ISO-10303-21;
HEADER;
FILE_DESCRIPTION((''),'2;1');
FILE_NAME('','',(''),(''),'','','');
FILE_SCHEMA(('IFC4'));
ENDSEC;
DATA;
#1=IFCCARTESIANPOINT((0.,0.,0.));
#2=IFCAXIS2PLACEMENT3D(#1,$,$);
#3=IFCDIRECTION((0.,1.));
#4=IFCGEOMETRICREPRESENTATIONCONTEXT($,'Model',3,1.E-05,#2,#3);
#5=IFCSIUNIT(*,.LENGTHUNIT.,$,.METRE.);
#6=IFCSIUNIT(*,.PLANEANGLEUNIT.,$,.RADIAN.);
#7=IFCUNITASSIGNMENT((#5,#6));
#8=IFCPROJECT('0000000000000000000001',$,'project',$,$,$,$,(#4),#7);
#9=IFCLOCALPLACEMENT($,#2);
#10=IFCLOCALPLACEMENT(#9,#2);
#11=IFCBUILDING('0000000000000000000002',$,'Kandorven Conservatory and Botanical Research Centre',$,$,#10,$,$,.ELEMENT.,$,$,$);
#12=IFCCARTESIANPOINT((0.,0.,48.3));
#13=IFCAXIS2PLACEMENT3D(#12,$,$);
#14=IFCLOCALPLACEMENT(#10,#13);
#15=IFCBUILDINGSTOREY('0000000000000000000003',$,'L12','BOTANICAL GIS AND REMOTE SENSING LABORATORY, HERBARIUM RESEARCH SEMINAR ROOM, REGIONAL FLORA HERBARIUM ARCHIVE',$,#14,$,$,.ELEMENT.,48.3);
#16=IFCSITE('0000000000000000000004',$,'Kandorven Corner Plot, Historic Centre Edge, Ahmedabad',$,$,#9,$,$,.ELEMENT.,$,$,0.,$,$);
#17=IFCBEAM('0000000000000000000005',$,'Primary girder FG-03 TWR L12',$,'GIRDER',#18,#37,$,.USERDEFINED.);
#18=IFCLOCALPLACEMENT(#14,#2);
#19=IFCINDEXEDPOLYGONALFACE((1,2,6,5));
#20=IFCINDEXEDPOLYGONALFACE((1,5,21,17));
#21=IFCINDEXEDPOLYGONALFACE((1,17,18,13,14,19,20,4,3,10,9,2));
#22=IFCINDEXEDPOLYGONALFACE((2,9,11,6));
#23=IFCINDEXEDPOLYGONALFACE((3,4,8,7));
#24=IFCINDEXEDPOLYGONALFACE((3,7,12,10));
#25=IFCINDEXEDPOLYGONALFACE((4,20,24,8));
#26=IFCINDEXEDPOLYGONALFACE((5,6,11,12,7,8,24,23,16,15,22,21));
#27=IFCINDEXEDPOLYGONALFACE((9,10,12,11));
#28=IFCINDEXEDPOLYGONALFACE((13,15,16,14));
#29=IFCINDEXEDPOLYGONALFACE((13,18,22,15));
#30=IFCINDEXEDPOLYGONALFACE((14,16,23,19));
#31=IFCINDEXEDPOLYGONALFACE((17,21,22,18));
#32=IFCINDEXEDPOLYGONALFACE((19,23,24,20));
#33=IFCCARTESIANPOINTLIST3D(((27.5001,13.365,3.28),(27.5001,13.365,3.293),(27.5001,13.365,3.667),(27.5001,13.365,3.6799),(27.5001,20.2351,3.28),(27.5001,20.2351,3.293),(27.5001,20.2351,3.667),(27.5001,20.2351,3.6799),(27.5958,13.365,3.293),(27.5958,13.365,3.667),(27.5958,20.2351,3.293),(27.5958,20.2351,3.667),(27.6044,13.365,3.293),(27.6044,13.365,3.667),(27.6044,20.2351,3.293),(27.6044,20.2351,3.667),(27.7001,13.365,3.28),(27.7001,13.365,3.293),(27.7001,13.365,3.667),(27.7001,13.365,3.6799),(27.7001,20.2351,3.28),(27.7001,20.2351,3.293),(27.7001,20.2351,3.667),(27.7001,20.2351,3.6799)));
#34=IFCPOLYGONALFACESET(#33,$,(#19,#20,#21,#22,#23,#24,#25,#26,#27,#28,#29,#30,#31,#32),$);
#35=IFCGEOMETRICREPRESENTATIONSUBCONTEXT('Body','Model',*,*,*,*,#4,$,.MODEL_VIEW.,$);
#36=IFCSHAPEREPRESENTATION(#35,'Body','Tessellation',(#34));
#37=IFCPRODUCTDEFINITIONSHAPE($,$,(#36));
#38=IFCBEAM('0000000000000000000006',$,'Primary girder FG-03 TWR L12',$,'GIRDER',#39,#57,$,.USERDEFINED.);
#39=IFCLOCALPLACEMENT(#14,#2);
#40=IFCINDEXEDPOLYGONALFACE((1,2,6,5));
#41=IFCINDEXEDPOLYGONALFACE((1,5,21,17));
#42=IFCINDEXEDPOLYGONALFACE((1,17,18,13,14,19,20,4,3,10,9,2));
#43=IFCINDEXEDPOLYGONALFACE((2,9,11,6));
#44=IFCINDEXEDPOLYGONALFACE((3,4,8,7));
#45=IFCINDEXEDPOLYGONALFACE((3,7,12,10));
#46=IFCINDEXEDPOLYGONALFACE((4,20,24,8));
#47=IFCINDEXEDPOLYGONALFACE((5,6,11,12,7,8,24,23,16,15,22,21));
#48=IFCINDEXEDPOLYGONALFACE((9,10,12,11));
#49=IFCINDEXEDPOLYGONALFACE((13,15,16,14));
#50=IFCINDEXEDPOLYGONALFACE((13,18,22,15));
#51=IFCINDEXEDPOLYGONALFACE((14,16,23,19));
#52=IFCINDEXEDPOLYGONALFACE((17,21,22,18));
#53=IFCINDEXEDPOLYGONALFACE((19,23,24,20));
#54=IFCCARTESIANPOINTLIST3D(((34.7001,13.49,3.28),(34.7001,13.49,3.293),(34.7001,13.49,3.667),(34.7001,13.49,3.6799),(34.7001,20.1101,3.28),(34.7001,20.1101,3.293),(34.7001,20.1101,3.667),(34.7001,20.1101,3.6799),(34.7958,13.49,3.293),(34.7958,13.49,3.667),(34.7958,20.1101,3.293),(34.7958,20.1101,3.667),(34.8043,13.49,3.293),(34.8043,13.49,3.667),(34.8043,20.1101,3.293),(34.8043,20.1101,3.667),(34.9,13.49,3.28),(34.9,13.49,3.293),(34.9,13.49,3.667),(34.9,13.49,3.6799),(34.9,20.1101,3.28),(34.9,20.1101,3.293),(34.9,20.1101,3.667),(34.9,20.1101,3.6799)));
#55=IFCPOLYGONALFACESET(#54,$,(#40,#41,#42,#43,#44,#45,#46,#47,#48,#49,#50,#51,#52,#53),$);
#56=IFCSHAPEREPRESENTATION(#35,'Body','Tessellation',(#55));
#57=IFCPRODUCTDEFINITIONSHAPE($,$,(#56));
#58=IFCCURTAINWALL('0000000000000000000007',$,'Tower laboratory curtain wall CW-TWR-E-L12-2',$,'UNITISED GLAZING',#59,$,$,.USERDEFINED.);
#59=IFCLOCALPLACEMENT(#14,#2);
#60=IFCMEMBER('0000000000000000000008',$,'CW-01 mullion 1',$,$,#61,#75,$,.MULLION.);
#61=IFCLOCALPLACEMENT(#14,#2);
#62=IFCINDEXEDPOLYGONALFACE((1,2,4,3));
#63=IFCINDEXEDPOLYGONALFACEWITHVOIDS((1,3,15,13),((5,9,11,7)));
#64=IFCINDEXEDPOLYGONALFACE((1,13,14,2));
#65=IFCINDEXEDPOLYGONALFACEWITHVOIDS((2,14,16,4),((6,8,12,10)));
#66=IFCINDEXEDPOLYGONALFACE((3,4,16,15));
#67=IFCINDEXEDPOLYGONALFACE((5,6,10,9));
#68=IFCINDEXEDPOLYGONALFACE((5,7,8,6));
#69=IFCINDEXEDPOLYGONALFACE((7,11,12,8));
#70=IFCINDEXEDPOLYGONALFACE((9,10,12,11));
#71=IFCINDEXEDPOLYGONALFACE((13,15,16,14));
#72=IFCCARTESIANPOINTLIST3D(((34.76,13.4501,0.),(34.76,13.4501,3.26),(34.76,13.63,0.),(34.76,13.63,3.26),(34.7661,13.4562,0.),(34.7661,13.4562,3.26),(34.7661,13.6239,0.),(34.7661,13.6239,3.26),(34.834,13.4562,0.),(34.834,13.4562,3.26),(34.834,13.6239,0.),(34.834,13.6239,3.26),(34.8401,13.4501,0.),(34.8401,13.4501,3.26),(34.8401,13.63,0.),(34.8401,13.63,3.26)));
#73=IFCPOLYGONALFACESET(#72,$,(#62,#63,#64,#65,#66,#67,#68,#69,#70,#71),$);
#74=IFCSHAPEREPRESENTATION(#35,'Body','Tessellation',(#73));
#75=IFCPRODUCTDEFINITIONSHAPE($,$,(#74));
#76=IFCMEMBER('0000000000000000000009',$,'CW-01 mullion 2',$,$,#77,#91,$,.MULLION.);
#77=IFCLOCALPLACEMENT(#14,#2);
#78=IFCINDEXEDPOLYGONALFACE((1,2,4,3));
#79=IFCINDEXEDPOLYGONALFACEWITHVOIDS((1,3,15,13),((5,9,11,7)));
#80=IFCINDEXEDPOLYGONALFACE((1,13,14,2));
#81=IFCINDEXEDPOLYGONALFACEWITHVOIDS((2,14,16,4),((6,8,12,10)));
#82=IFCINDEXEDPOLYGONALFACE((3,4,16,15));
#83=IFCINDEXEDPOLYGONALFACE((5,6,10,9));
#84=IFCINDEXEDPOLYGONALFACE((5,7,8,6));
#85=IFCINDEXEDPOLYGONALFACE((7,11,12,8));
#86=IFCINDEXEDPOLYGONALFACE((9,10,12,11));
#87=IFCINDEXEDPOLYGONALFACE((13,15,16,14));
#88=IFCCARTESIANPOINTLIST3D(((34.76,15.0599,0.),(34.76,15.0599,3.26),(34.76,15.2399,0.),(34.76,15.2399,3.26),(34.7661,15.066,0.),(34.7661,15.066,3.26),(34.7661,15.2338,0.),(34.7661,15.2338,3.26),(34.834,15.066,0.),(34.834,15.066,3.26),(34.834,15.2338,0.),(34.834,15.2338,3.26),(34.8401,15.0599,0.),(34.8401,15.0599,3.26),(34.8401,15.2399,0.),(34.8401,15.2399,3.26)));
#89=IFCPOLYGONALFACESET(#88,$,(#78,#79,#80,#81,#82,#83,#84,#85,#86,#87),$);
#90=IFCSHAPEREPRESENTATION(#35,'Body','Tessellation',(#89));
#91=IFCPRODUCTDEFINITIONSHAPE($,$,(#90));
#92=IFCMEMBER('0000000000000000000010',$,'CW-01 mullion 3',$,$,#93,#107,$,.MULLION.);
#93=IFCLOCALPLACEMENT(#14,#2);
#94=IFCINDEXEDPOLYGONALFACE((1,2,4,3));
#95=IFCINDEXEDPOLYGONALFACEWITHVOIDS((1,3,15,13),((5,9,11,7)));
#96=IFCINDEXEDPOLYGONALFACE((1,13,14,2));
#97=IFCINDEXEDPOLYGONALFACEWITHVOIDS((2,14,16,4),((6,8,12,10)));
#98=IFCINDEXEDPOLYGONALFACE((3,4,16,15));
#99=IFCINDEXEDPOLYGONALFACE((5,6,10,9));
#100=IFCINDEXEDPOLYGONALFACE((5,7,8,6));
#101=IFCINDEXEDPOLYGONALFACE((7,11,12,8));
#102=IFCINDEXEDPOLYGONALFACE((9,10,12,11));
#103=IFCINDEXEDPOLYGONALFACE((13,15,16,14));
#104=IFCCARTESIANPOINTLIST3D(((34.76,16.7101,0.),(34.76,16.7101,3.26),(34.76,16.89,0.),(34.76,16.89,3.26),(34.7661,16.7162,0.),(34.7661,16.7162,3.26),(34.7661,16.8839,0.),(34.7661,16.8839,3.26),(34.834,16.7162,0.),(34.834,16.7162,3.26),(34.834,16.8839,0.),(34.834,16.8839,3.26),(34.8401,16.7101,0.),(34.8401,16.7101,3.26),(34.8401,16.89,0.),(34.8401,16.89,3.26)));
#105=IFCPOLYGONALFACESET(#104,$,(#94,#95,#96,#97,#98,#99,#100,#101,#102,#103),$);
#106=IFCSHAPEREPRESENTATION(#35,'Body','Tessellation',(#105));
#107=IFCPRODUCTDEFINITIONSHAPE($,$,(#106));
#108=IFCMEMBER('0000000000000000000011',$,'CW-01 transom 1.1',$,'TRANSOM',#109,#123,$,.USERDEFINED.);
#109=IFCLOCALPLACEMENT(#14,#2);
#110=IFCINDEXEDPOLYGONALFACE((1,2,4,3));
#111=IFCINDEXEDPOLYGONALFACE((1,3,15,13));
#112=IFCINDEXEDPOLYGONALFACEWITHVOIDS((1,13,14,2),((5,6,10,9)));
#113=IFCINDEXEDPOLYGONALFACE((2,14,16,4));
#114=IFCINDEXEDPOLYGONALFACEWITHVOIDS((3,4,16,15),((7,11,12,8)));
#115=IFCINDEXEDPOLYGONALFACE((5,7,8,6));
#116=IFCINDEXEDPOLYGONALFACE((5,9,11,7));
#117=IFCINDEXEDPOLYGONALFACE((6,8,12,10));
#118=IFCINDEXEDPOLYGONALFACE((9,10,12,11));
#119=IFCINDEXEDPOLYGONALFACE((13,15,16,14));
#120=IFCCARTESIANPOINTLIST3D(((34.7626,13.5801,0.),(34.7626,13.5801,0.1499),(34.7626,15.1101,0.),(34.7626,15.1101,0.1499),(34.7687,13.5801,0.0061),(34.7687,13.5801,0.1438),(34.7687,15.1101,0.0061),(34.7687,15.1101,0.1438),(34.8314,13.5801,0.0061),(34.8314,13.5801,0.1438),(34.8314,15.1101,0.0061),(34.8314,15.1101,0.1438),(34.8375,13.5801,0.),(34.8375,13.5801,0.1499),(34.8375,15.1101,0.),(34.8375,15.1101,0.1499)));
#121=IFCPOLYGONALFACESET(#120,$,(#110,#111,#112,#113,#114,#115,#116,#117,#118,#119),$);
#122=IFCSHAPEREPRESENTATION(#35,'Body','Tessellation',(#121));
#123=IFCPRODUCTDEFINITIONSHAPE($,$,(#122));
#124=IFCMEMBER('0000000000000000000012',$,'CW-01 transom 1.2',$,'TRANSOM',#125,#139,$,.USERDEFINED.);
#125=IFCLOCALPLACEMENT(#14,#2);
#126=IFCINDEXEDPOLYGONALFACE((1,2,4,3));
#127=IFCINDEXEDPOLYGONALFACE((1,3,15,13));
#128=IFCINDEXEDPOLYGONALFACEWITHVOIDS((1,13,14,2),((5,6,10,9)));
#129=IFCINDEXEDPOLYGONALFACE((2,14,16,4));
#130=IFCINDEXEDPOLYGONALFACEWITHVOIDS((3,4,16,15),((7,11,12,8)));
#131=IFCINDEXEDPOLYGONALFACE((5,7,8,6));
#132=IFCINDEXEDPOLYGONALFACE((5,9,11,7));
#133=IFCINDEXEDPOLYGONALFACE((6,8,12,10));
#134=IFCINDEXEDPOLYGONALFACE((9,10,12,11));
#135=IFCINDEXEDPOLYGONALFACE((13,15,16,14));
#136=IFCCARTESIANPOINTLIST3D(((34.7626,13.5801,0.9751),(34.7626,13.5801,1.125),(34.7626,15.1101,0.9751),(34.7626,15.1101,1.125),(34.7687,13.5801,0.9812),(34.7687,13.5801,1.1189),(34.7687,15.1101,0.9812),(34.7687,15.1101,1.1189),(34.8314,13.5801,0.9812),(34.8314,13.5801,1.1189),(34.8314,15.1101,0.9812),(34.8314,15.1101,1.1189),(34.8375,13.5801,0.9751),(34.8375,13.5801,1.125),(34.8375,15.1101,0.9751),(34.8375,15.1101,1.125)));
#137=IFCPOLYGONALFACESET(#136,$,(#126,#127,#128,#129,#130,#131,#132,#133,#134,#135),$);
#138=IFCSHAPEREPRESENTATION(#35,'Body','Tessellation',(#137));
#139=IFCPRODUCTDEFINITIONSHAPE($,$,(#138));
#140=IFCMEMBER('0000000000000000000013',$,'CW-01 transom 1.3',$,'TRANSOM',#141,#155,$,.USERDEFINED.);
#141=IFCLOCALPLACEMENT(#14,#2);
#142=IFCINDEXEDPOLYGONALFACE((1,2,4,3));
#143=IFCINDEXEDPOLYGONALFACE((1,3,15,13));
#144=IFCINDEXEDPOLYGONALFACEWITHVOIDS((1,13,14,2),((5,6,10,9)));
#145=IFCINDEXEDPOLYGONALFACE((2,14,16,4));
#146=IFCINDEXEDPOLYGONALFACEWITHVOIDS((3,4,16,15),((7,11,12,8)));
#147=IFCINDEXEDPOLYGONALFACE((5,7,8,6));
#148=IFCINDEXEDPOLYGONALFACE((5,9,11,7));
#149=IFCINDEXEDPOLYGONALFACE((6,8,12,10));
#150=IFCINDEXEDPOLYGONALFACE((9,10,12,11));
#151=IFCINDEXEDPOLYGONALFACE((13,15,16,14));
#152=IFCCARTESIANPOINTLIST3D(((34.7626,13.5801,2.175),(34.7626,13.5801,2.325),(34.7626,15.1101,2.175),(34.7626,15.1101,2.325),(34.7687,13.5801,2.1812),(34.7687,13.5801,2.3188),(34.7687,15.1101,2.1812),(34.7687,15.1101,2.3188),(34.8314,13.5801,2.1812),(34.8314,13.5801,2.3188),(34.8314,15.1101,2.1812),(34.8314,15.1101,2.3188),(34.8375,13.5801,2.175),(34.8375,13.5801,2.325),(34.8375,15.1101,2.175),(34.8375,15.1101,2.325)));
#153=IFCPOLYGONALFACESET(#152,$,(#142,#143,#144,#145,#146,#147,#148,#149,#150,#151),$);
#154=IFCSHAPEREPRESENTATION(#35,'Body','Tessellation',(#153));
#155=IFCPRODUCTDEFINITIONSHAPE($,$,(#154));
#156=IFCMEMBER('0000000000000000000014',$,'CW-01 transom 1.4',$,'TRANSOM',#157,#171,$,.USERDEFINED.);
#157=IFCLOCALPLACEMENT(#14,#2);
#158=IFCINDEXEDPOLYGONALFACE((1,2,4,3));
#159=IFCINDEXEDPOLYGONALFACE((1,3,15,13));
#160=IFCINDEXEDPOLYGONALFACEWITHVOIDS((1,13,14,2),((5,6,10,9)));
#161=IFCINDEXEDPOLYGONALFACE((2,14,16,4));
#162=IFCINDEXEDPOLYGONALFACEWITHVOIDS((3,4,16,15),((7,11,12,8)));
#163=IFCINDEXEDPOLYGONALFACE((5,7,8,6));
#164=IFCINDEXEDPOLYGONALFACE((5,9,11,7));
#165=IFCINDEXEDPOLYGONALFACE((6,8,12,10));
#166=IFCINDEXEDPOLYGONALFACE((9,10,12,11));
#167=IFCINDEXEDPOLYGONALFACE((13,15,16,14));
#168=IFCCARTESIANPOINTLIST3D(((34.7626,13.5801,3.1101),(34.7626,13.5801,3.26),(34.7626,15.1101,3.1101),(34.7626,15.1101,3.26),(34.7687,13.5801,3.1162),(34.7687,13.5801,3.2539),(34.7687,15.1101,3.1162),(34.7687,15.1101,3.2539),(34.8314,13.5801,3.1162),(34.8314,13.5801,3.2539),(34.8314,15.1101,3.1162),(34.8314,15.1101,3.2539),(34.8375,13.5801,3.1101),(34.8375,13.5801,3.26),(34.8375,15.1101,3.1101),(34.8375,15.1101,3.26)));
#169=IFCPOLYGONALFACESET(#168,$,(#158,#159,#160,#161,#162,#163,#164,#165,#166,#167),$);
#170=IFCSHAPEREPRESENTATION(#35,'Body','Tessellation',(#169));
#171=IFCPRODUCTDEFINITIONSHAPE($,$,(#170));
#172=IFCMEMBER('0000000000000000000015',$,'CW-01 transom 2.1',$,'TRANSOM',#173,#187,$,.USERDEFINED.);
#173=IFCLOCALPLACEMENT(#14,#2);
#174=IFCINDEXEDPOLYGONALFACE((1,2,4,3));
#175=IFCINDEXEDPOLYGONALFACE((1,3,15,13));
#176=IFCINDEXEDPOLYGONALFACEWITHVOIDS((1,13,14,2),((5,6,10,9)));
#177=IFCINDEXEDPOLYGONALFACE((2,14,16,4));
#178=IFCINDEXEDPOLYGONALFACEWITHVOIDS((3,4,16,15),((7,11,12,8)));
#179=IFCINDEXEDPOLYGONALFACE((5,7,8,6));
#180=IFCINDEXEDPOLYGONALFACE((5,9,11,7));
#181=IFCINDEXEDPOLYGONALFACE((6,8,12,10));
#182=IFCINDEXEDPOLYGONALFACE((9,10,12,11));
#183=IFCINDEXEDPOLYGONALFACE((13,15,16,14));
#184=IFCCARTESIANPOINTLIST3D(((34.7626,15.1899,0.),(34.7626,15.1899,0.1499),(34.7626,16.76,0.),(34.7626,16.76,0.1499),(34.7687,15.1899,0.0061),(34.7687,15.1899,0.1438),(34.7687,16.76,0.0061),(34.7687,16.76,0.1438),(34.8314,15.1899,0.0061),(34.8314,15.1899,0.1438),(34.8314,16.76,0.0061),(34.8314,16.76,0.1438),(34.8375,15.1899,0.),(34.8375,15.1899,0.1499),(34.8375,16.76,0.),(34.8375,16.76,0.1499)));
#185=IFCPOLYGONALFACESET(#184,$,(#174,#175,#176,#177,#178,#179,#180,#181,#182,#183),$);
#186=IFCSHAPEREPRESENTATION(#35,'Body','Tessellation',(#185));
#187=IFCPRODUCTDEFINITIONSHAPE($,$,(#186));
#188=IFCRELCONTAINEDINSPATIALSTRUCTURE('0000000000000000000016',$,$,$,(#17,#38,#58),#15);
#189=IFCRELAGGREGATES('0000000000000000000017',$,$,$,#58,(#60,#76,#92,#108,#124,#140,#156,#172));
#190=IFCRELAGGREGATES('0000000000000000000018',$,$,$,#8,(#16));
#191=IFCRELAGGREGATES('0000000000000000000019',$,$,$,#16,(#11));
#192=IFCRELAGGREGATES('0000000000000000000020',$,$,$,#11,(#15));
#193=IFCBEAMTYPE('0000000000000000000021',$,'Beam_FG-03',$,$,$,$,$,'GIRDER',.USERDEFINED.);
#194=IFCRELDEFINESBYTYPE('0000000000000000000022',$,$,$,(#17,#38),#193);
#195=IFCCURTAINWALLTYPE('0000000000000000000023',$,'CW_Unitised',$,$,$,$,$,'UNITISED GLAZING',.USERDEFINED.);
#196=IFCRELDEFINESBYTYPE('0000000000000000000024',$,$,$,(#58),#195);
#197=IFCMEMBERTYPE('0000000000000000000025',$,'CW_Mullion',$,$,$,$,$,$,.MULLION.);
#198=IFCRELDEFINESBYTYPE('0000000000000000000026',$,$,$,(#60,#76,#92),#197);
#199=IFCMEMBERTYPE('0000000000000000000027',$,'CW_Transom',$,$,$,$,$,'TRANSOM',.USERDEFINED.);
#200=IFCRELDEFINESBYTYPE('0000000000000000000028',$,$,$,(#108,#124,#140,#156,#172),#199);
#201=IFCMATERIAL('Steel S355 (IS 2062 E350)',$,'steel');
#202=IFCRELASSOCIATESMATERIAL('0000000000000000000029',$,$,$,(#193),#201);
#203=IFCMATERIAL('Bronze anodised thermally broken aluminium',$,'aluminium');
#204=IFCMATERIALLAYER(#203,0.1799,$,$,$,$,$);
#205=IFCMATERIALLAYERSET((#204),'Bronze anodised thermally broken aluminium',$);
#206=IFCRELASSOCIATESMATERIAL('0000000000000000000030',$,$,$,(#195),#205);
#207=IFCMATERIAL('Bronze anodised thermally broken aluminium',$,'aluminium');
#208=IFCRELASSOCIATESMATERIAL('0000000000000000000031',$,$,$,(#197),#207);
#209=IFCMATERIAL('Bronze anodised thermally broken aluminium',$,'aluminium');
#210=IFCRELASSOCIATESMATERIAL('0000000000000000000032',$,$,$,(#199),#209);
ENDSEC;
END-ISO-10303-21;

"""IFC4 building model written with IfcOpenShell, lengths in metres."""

from ifc_helpers import new_model, si_unit, direction, frame, origin, origin_2d, place, context, subcontext, project, spatial, hollow_rectangle, i_section, extrude, material, layer, layer_set, material_profile, profile_set, type_object, element, aggregate, save


model = new_model("IFC4")

# Units and contexts
model_context = context("Model", 3, precision=1e-05, world=origin(), true_north=direction((0.0, 1.0)))
body_context = subcontext(model_context, "Body", "Model", "MODEL_VIEW")
ifc_project = project(units=[si_unit("LENGTHUNIT", "METRE"), si_unit("PLANEANGLEUNIT", "RADIAN")], contexts=[model_context])

# Site, building, storey
site_placement = place(None, origin())
site = spatial("IfcSite", under=ifc_project, at=site_placement, Name="Kandorven Corner Plot, Historic Centre Edge, Ahmedabad", CompositionType="ELEMENT", RefElevation=0.0)
building_placement = place(site_placement, origin())
building = spatial("IfcBuilding", under=site, at=building_placement, Name="Kandorven Conservatory and Botanical Research Centre", CompositionType="ELEMENT")
storey_placement = place(building_placement, frame((0.0, 0.0, 48.3)))
storey = spatial("IfcBuildingStorey", under=building, at=storey_placement, Name="L12", Description="BOTANICAL GIS AND REMOTE SENSING LABORATORY, HERBARIUM RESEARCH SEMINAR ROOM, REGIONAL FLORA HERBARIUM ARCHIVE", CompositionType="ELEMENT", Elevation=48.3)

# Beams
ifc_material_1 = material(Name="Steel S355 (IS 2062 E350)", Category="steel")
ifc_material_profile_1 = material_profile(ifc_material_1, i_section(OverallWidth=0.2, OverallDepth=0.3999, WebThickness=0.0085, FlangeThickness=0.0129, at=origin_2d()))
ifc_profile_set_1 = profile_set([ifc_material_profile_1], Name="Steel S355 (IS 2062 E350)")
beam_type = type_object("IfcBeamType", Name="Beam_FG-03", ElementType="GIRDER", PredefinedType="USERDEFINED", material=ifc_profile_set_1)
beam_1_placement = place(storey_placement, frame((27.6001, 13.365, 3.48), z_axis=(0.0, 1.0, 0.0), x_axis=(-1.0, 0.0, 0.0)))
element("IfcBeam", 1, at=beam_1_placement, inside=storey, type_object=beam_type, Name="Primary girder FG-03 TWR L12", ObjectType="GIRDER", PredefinedType="USERDEFINED", context=body_context, shape_type="SweptSolid", body=[
    extrude(i_section(OverallWidth=0.2, OverallDepth=0.3999, WebThickness=0.0085, FlangeThickness=0.0129, at=origin_2d()), origin(), (0.0, 0.0, 1.0), 6.8701),
])
beam_2_placement = place(storey_placement, frame((34.8, 13.49, 3.48), z_axis=(0.0, 1.0, 0.0), x_axis=(-1.0, 0.0, 0.0)))
element("IfcBeam", 2, at=beam_2_placement, inside=storey, type_object=beam_type, Name="Primary girder FG-03 TWR L12", ObjectType="GIRDER", PredefinedType="USERDEFINED", context=body_context, shape_type="SweptSolid", body=[
    extrude(i_section(OverallWidth=0.2, OverallDepth=0.3999, WebThickness=0.0085, FlangeThickness=0.0129, at=origin_2d()), origin(), (0.0, 0.0, 1.0), 6.6201),
])

# Curtain wall, members
ifc_material_2 = material(Name="Bronze anodised thermally broken aluminium", Category="aluminium")
ifc_layer_1 = layer(ifc_material_2, 0.1799)
ifc_layer_set_1 = layer_set([ifc_layer_1], Name="Bronze anodised thermally broken aluminium")
curtain_wall_type = type_object("IfcCurtainWallType", Name="CW_Unitised", ElementType="UNITISED GLAZING", PredefinedType="USERDEFINED", material=ifc_layer_set_1)
curtain_wall_placement = place(storey_placement, origin())
curtain_wall = element("IfcCurtainWall", 3, at=curtain_wall_placement, inside=storey, type_object=curtain_wall_type, Name="Tower laboratory curtain wall CW-TWR-E-L12-2", ObjectType="UNITISED GLAZING", PredefinedType="USERDEFINED")
ifc_material_3 = material(Name="Bronze anodised thermally broken aluminium", Category="aluminium")
ifc_material_profile_2 = material_profile(ifc_material_3, hollow_rectangle(XDim=0.0801, YDim=0.1799, WallThickness=0.0061, at=origin_2d()))
ifc_profile_set_2 = profile_set([ifc_material_profile_2], Name="Bronze anodised thermally broken aluminium")
member_type_1 = type_object("IfcMemberType", Name="CW_Mullion", PredefinedType="MULLION", material=ifc_profile_set_2)
member_1_placement = place(storey_placement, frame((34.8, 13.54, 0.0), z_axis=(0.0, 0.0, 1.0), x_axis=(-1.0, 0.0, 0.0)))
member_1 = element("IfcMember", 4, at=member_1_placement, type_object=member_type_1, Name="CW-01 mullion 1", PredefinedType="MULLION", context=body_context, shape_type="SweptSolid", body=[
    extrude(hollow_rectangle(XDim=0.0801, YDim=0.1799, WallThickness=0.0061, at=origin_2d()), origin(), (0.0, 0.0, 1.0), 3.26),
])
member_2_placement = place(storey_placement, frame((34.8, 15.1499, 0.0), z_axis=(0.0, 0.0, 1.0), x_axis=(-1.0, 0.0, 0.0)))
member_2 = element("IfcMember", 5, at=member_2_placement, type_object=member_type_1, Name="CW-01 mullion 2", PredefinedType="MULLION", context=body_context, shape_type="SweptSolid", body=[
    extrude(hollow_rectangle(XDim=0.0801, YDim=0.1799, WallThickness=0.0061, at=origin_2d()), origin(), (0.0, 0.0, 1.0), 3.26),
])
member_3_placement = place(storey_placement, frame((34.8, 16.8, 0.0), z_axis=(0.0, 0.0, 1.0), x_axis=(-1.0, 0.0, 0.0)))
member_3 = element("IfcMember", 6, at=member_3_placement, type_object=member_type_1, Name="CW-01 mullion 3", PredefinedType="MULLION", context=body_context, shape_type="SweptSolid", body=[
    extrude(hollow_rectangle(XDim=0.0801, YDim=0.1799, WallThickness=0.0061, at=origin_2d()), origin(), (0.0, 0.0, 1.0), 3.26),
])
ifc_material_4 = material(Name="Bronze anodised thermally broken aluminium", Category="aluminium")
ifc_material_profile_3 = material_profile(ifc_material_4, hollow_rectangle(XDim=0.075, YDim=0.1499, WallThickness=0.0061, at=origin_2d()))
ifc_profile_set_3 = profile_set([ifc_material_profile_3], Name="Bronze anodised thermally broken aluminium")
member_type_2 = type_object("IfcMemberType", Name="CW_Transom", ElementType="TRANSOM", PredefinedType="USERDEFINED", material=ifc_profile_set_3)
member_4_placement = place(storey_placement, frame((34.8, 13.5801, 0.075), z_axis=(0.0, 1.0, 0.0), x_axis=(-1.0, 0.0, 0.0)))
member_4 = element("IfcMember", 7, at=member_4_placement, type_object=member_type_2, Name="CW-01 transom 1.1", ObjectType="TRANSOM", PredefinedType="USERDEFINED", context=body_context, shape_type="SweptSolid", body=[
    extrude(hollow_rectangle(XDim=0.075, YDim=0.1499, WallThickness=0.0061, at=origin_2d()), origin(), (0.0, 0.0, 1.0), 1.53),
])
member_5_placement = place(storey_placement, frame((34.8, 13.5801, 1.05), z_axis=(0.0, 1.0, 0.0), x_axis=(-1.0, 0.0, 0.0)))
member_5 = element("IfcMember", 8, at=member_5_placement, type_object=member_type_2, Name="CW-01 transom 1.2", ObjectType="TRANSOM", PredefinedType="USERDEFINED", context=body_context, shape_type="SweptSolid", body=[
    extrude(hollow_rectangle(XDim=0.075, YDim=0.1499, WallThickness=0.0061, at=origin_2d()), origin(), (0.0, 0.0, 1.0), 1.53),
])
member_6_placement = place(storey_placement, frame((34.8, 13.5801, 2.25), z_axis=(0.0, 1.0, 0.0), x_axis=(-1.0, 0.0, 0.0)))
member_6 = element("IfcMember", 9, at=member_6_placement, type_object=member_type_2, Name="CW-01 transom 1.3", ObjectType="TRANSOM", PredefinedType="USERDEFINED", context=body_context, shape_type="SweptSolid", body=[
    extrude(hollow_rectangle(XDim=0.075, YDim=0.1499, WallThickness=0.0061, at=origin_2d()), origin(), (0.0, 0.0, 1.0), 1.53),
])
member_7_placement = place(storey_placement, frame((34.8, 13.5801, 3.1851), z_axis=(0.0, 1.0, 0.0), x_axis=(-1.0, 0.0, 0.0)))
member_7 = element("IfcMember", 10, at=member_7_placement, type_object=member_type_2, Name="CW-01 transom 1.4", ObjectType="TRANSOM", PredefinedType="USERDEFINED", context=body_context, shape_type="SweptSolid", body=[
    extrude(hollow_rectangle(XDim=0.075, YDim=0.1499, WallThickness=0.0061, at=origin_2d()), origin(), (0.0, 0.0, 1.0), 1.53),
])
member_8_placement = place(storey_placement, frame((34.8, 15.1899, 0.075), z_axis=(0.0, 1.0, 0.0), x_axis=(-1.0, 0.0, 0.0)))
member_8 = element("IfcMember", 11, at=member_8_placement, type_object=member_type_2, Name="CW-01 transom 2.1", ObjectType="TRANSOM", PredefinedType="USERDEFINED", context=body_context, shape_type="SweptSolid", body=[
    extrude(hollow_rectangle(XDim=0.075, YDim=0.1499, WallThickness=0.0061, at=origin_2d()), origin(), (0.0, 0.0, 1.0), 1.5701),
])
aggregate(curtain_wall, [member_1, member_2, member_3, member_4, member_5, member_6, member_7, member_8])

save(model, "model.ifc")
